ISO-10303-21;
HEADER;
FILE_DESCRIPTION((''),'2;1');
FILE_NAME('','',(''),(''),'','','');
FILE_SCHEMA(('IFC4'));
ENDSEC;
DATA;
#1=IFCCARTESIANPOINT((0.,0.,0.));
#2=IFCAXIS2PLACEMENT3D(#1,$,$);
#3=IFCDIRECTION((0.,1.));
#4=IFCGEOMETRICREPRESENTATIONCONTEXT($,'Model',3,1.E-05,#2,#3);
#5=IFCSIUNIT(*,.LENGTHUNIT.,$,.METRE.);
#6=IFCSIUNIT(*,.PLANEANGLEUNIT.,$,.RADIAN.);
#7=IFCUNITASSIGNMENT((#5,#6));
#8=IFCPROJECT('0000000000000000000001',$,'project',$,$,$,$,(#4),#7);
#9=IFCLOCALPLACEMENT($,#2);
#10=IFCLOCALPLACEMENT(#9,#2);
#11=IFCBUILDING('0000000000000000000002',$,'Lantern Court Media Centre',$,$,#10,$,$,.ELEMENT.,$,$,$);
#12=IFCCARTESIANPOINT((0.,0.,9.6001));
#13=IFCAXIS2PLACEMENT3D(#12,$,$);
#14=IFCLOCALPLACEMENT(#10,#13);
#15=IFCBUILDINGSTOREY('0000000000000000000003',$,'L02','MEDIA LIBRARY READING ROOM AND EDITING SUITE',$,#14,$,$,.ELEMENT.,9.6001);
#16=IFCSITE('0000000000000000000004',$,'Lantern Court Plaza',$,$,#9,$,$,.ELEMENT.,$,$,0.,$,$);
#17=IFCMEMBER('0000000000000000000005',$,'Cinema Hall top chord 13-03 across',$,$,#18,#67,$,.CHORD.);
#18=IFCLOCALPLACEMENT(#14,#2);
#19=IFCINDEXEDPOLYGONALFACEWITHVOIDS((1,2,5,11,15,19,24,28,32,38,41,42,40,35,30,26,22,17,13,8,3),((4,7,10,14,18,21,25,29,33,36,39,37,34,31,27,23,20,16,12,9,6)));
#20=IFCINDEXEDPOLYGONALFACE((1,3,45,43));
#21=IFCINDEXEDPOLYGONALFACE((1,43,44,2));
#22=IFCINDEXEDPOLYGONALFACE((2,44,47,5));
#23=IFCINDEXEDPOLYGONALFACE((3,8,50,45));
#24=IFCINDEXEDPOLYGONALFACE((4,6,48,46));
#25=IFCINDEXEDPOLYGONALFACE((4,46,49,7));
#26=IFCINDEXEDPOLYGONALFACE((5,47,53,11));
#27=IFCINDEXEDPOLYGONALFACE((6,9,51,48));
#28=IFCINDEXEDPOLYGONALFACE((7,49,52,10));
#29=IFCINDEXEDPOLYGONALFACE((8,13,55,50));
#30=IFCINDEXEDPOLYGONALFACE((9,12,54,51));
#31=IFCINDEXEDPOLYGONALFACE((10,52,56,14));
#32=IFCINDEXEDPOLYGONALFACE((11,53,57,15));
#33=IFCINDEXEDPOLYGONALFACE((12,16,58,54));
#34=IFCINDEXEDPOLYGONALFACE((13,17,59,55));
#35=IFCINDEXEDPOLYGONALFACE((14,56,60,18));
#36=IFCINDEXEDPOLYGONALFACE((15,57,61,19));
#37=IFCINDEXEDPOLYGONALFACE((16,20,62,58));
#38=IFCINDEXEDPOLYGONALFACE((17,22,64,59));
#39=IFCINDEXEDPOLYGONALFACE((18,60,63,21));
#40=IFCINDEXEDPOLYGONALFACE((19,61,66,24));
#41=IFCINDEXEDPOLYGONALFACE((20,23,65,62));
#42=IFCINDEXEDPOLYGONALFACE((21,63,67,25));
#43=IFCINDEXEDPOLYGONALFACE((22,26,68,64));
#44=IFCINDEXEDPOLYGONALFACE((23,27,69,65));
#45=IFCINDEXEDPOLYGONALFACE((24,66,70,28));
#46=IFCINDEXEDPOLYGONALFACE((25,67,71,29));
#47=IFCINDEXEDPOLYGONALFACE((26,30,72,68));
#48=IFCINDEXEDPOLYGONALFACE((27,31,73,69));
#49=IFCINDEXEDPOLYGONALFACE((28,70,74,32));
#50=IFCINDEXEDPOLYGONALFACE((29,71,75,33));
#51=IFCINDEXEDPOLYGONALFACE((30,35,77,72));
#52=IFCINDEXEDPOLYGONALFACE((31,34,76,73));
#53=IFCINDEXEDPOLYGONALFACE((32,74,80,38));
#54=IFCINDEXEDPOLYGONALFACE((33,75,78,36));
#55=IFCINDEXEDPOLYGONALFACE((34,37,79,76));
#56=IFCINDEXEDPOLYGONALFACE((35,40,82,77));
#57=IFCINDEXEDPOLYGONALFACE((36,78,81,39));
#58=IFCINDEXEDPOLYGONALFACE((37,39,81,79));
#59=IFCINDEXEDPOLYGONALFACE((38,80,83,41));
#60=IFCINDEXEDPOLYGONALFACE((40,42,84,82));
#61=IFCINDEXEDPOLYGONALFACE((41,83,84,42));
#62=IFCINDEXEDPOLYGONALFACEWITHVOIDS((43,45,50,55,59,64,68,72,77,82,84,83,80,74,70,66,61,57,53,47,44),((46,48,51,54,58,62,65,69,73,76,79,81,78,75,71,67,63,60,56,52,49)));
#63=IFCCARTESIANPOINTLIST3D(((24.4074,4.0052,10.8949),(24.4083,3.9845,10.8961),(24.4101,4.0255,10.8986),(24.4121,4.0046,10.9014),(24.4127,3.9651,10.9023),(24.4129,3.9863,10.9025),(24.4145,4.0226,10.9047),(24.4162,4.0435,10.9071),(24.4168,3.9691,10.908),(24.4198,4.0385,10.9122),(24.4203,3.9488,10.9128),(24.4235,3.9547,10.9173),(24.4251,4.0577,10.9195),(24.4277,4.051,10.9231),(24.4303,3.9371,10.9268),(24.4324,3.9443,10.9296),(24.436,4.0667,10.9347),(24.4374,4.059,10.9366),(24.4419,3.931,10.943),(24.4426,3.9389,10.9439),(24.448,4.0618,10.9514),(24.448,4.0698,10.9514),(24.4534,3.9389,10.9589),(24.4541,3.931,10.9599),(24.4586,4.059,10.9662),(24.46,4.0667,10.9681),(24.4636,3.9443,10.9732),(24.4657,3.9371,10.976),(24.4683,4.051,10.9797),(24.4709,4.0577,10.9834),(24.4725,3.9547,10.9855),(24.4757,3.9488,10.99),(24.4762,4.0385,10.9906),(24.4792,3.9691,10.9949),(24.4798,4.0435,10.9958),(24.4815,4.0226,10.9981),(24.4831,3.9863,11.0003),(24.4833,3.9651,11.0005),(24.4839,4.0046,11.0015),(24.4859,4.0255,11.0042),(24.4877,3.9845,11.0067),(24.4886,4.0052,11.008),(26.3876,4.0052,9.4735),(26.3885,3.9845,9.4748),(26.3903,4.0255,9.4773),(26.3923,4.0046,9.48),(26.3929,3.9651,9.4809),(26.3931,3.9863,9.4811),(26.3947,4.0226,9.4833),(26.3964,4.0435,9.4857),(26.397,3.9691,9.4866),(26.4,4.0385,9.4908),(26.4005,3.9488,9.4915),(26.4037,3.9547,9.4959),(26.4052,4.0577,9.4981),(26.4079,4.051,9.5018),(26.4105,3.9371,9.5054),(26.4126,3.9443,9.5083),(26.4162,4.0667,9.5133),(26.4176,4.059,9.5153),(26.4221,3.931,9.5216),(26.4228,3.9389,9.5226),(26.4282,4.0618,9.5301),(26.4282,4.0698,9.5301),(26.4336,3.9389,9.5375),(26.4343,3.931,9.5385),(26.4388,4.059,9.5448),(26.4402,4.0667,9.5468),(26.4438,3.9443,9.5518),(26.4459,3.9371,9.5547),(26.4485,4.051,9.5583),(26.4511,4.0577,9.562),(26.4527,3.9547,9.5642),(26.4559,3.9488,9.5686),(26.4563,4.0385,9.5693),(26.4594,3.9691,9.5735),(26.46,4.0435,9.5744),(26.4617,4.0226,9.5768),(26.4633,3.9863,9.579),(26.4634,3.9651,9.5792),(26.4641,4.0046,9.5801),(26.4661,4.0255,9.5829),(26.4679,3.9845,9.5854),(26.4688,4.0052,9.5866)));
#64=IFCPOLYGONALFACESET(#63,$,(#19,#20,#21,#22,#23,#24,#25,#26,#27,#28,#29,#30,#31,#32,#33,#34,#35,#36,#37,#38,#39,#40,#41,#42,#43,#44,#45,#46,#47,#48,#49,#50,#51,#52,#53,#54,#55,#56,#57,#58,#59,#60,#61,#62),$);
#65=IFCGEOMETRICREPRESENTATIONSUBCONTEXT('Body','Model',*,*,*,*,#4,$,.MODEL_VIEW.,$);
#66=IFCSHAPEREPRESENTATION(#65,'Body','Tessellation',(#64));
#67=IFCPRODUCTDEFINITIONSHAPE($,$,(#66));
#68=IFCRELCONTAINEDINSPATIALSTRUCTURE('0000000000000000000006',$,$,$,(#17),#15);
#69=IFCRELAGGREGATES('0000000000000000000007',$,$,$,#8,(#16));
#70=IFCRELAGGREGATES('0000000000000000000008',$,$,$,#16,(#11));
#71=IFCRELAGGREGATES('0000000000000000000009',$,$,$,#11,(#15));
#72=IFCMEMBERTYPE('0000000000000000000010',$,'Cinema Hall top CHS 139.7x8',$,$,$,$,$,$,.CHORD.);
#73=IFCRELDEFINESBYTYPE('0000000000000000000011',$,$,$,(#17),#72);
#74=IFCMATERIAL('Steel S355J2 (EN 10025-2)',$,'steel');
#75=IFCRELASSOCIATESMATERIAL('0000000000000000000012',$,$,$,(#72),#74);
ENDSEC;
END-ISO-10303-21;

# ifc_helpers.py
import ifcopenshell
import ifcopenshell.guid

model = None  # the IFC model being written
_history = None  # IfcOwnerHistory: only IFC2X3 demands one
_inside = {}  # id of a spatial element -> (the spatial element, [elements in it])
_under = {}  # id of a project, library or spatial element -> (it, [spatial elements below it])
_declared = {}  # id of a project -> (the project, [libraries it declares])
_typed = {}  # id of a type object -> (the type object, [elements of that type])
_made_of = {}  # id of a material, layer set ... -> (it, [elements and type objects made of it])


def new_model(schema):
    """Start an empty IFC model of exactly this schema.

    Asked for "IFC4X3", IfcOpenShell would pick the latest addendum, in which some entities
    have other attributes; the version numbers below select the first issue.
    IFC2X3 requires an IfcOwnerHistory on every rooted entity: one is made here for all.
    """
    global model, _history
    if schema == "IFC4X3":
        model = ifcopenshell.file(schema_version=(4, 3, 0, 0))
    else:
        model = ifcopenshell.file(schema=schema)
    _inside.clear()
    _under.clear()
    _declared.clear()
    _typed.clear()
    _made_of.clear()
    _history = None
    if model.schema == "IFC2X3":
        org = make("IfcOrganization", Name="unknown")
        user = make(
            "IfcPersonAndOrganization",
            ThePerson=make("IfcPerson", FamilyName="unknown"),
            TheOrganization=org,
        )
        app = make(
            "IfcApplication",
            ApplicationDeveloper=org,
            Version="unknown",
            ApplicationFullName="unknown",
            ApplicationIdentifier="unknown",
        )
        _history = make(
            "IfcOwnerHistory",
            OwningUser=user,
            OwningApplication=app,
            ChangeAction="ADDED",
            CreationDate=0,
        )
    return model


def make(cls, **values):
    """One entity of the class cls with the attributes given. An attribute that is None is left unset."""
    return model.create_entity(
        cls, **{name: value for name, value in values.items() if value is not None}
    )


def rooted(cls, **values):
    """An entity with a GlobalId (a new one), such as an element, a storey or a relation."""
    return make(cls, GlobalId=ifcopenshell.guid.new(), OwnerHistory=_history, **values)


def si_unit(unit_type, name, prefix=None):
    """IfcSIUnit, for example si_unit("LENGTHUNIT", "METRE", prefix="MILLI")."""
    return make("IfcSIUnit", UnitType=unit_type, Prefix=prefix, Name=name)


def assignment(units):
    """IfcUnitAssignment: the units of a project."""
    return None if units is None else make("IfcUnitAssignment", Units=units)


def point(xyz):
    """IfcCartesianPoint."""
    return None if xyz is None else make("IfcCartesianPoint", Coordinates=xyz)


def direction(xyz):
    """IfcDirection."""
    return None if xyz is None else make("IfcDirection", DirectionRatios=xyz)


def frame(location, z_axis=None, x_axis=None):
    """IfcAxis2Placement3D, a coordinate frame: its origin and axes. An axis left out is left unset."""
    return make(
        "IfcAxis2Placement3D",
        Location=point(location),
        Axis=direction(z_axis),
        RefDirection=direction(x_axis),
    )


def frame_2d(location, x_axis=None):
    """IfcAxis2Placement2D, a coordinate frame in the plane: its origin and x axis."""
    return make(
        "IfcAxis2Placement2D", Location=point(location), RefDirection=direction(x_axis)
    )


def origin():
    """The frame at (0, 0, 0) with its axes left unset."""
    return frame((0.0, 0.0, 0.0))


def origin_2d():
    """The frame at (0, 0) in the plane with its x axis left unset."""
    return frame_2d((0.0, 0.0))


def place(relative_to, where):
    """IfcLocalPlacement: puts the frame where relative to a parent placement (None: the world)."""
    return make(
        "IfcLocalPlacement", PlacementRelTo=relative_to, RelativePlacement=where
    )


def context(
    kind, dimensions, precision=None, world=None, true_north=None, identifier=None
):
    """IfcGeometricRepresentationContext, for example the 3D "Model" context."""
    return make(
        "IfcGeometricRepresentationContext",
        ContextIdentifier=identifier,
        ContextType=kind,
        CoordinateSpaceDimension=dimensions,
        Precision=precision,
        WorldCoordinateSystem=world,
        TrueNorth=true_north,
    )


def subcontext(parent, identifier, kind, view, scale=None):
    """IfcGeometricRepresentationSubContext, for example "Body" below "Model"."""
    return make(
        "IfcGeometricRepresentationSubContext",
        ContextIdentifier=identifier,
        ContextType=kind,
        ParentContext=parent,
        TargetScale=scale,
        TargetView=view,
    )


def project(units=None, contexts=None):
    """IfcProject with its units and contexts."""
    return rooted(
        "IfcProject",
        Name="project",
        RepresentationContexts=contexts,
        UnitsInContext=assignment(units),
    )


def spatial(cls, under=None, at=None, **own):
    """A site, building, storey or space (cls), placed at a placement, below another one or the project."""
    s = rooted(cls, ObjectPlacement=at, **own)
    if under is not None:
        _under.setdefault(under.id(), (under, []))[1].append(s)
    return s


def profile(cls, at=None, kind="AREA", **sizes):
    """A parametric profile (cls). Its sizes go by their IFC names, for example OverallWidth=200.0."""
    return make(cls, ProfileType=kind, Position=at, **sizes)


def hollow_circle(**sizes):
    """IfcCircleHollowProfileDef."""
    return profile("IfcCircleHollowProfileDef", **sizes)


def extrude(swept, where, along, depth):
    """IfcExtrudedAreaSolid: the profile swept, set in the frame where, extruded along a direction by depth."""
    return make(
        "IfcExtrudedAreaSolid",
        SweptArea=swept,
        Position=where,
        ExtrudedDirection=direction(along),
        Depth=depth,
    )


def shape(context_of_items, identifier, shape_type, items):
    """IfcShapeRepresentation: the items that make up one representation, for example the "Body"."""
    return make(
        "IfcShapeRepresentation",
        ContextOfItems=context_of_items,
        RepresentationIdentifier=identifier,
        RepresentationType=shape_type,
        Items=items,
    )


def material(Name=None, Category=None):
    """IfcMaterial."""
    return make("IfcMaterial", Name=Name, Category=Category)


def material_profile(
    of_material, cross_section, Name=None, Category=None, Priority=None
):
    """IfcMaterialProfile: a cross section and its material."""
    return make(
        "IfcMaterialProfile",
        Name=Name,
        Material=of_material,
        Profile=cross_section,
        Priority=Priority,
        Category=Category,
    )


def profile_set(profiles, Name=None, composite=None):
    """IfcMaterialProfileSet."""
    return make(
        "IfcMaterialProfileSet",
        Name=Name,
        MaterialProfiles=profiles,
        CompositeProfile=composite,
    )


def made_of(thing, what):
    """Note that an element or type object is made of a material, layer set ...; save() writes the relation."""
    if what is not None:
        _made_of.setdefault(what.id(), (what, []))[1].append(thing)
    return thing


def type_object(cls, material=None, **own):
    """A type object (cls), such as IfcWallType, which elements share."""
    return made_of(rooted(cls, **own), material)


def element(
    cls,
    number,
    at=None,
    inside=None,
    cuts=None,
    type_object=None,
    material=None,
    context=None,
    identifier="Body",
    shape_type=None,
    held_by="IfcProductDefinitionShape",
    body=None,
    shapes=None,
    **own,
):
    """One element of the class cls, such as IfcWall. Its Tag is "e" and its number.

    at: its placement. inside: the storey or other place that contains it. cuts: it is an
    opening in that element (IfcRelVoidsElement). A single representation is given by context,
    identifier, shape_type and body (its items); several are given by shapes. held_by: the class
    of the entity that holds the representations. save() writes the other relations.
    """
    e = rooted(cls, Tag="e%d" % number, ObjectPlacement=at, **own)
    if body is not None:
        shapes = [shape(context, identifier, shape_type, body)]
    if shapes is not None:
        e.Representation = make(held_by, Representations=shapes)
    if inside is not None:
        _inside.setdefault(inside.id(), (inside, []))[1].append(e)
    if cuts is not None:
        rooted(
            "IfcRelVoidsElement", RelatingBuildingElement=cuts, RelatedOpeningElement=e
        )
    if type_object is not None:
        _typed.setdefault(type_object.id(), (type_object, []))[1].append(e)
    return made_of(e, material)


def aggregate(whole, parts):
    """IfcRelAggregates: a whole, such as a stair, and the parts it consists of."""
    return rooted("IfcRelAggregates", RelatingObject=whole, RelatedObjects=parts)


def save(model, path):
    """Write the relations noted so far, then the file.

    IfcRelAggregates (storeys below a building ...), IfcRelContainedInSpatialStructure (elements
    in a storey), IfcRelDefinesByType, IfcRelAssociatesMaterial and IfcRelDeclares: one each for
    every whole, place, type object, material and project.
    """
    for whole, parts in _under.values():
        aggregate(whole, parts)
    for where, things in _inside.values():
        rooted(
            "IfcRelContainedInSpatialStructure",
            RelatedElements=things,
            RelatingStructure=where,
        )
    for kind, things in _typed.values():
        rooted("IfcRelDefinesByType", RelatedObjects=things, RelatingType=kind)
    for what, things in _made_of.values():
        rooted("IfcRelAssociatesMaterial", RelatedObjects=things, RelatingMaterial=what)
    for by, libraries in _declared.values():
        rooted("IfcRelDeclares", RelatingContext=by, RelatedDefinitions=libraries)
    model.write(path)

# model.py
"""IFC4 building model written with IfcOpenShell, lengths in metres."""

from ifc_helpers import new_model, si_unit, direction, frame, origin, origin_2d, place, context, subcontext, project, spatial, hollow_circle, extrude, material, material_profile, profile_set, type_object, element, save


model = new_model("IFC4")

# Units and contexts
model_context = context("Model", 3, precision=1e-05, world=origin(), true_north=direction((0.0, 1.0)))
body_context = subcontext(model_context, "Body", "Model", "MODEL_VIEW")
ifc_project = project(units=[si_unit("LENGTHUNIT", "METRE"), si_unit("PLANEANGLEUNIT", "RADIAN")], contexts=[model_context])

# Site, building, storey
site_placement = place(None, origin())
site = spatial("IfcSite", under=ifc_project, at=site_placement, Name="Lantern Court Plaza", CompositionType="ELEMENT", RefElevation=0.0)
building_placement = place(site_placement, origin())
building = spatial("IfcBuilding", under=site, at=building_placement, Name="Lantern Court Media Centre", CompositionType="ELEMENT")
storey_placement = place(building_placement, frame((0.0, 0.0, 9.6001)))
storey = spatial("IfcBuildingStorey", under=building, at=storey_placement, Name="L02", Description="MEDIA LIBRARY READING ROOM AND EDITING SUITE", CompositionType="ELEMENT", Elevation=9.6001)

# Member
ifc_material = material(Name="Steel S355J2 (EN 10025-2)", Category="steel")
ifc_material_profile_1 = material_profile(ifc_material, hollow_circle(Radius=0.0698, WallThickness=0.0081, at=origin_2d()), Name="Cinema Hall top CHS 139.7x8")
ifc_profile_set_1 = profile_set([ifc_material_profile_1], Name="Steel S355J2 (EN 10025-2)")
member_type_1 = type_object("IfcMemberType", Name="Cinema Hall top CHS 139.7x8", PredefinedType="CHORD", material=ifc_profile_set_1)
member_1_placement = place(storey_placement, frame((24.448, 4.0, 10.9514), z_axis=(0.812385, 0.0, -0.583122), x_axis=(0.0, 1.0, 0.0)))
element("IfcMember", 1, at=member_1_placement, inside=storey, type_object=member_type_1, Name="Cinema Hall top chord 13-03 across", PredefinedType="CHORD", context=body_context, shape_type="SweptSolid", body=[
    extrude(hollow_circle(Radius=0.0698, WallThickness=0.0081, at=origin_2d()), origin(), (0.0, 0.0, 1.0), 2.4375),
])

save(model, "model.ifc")
